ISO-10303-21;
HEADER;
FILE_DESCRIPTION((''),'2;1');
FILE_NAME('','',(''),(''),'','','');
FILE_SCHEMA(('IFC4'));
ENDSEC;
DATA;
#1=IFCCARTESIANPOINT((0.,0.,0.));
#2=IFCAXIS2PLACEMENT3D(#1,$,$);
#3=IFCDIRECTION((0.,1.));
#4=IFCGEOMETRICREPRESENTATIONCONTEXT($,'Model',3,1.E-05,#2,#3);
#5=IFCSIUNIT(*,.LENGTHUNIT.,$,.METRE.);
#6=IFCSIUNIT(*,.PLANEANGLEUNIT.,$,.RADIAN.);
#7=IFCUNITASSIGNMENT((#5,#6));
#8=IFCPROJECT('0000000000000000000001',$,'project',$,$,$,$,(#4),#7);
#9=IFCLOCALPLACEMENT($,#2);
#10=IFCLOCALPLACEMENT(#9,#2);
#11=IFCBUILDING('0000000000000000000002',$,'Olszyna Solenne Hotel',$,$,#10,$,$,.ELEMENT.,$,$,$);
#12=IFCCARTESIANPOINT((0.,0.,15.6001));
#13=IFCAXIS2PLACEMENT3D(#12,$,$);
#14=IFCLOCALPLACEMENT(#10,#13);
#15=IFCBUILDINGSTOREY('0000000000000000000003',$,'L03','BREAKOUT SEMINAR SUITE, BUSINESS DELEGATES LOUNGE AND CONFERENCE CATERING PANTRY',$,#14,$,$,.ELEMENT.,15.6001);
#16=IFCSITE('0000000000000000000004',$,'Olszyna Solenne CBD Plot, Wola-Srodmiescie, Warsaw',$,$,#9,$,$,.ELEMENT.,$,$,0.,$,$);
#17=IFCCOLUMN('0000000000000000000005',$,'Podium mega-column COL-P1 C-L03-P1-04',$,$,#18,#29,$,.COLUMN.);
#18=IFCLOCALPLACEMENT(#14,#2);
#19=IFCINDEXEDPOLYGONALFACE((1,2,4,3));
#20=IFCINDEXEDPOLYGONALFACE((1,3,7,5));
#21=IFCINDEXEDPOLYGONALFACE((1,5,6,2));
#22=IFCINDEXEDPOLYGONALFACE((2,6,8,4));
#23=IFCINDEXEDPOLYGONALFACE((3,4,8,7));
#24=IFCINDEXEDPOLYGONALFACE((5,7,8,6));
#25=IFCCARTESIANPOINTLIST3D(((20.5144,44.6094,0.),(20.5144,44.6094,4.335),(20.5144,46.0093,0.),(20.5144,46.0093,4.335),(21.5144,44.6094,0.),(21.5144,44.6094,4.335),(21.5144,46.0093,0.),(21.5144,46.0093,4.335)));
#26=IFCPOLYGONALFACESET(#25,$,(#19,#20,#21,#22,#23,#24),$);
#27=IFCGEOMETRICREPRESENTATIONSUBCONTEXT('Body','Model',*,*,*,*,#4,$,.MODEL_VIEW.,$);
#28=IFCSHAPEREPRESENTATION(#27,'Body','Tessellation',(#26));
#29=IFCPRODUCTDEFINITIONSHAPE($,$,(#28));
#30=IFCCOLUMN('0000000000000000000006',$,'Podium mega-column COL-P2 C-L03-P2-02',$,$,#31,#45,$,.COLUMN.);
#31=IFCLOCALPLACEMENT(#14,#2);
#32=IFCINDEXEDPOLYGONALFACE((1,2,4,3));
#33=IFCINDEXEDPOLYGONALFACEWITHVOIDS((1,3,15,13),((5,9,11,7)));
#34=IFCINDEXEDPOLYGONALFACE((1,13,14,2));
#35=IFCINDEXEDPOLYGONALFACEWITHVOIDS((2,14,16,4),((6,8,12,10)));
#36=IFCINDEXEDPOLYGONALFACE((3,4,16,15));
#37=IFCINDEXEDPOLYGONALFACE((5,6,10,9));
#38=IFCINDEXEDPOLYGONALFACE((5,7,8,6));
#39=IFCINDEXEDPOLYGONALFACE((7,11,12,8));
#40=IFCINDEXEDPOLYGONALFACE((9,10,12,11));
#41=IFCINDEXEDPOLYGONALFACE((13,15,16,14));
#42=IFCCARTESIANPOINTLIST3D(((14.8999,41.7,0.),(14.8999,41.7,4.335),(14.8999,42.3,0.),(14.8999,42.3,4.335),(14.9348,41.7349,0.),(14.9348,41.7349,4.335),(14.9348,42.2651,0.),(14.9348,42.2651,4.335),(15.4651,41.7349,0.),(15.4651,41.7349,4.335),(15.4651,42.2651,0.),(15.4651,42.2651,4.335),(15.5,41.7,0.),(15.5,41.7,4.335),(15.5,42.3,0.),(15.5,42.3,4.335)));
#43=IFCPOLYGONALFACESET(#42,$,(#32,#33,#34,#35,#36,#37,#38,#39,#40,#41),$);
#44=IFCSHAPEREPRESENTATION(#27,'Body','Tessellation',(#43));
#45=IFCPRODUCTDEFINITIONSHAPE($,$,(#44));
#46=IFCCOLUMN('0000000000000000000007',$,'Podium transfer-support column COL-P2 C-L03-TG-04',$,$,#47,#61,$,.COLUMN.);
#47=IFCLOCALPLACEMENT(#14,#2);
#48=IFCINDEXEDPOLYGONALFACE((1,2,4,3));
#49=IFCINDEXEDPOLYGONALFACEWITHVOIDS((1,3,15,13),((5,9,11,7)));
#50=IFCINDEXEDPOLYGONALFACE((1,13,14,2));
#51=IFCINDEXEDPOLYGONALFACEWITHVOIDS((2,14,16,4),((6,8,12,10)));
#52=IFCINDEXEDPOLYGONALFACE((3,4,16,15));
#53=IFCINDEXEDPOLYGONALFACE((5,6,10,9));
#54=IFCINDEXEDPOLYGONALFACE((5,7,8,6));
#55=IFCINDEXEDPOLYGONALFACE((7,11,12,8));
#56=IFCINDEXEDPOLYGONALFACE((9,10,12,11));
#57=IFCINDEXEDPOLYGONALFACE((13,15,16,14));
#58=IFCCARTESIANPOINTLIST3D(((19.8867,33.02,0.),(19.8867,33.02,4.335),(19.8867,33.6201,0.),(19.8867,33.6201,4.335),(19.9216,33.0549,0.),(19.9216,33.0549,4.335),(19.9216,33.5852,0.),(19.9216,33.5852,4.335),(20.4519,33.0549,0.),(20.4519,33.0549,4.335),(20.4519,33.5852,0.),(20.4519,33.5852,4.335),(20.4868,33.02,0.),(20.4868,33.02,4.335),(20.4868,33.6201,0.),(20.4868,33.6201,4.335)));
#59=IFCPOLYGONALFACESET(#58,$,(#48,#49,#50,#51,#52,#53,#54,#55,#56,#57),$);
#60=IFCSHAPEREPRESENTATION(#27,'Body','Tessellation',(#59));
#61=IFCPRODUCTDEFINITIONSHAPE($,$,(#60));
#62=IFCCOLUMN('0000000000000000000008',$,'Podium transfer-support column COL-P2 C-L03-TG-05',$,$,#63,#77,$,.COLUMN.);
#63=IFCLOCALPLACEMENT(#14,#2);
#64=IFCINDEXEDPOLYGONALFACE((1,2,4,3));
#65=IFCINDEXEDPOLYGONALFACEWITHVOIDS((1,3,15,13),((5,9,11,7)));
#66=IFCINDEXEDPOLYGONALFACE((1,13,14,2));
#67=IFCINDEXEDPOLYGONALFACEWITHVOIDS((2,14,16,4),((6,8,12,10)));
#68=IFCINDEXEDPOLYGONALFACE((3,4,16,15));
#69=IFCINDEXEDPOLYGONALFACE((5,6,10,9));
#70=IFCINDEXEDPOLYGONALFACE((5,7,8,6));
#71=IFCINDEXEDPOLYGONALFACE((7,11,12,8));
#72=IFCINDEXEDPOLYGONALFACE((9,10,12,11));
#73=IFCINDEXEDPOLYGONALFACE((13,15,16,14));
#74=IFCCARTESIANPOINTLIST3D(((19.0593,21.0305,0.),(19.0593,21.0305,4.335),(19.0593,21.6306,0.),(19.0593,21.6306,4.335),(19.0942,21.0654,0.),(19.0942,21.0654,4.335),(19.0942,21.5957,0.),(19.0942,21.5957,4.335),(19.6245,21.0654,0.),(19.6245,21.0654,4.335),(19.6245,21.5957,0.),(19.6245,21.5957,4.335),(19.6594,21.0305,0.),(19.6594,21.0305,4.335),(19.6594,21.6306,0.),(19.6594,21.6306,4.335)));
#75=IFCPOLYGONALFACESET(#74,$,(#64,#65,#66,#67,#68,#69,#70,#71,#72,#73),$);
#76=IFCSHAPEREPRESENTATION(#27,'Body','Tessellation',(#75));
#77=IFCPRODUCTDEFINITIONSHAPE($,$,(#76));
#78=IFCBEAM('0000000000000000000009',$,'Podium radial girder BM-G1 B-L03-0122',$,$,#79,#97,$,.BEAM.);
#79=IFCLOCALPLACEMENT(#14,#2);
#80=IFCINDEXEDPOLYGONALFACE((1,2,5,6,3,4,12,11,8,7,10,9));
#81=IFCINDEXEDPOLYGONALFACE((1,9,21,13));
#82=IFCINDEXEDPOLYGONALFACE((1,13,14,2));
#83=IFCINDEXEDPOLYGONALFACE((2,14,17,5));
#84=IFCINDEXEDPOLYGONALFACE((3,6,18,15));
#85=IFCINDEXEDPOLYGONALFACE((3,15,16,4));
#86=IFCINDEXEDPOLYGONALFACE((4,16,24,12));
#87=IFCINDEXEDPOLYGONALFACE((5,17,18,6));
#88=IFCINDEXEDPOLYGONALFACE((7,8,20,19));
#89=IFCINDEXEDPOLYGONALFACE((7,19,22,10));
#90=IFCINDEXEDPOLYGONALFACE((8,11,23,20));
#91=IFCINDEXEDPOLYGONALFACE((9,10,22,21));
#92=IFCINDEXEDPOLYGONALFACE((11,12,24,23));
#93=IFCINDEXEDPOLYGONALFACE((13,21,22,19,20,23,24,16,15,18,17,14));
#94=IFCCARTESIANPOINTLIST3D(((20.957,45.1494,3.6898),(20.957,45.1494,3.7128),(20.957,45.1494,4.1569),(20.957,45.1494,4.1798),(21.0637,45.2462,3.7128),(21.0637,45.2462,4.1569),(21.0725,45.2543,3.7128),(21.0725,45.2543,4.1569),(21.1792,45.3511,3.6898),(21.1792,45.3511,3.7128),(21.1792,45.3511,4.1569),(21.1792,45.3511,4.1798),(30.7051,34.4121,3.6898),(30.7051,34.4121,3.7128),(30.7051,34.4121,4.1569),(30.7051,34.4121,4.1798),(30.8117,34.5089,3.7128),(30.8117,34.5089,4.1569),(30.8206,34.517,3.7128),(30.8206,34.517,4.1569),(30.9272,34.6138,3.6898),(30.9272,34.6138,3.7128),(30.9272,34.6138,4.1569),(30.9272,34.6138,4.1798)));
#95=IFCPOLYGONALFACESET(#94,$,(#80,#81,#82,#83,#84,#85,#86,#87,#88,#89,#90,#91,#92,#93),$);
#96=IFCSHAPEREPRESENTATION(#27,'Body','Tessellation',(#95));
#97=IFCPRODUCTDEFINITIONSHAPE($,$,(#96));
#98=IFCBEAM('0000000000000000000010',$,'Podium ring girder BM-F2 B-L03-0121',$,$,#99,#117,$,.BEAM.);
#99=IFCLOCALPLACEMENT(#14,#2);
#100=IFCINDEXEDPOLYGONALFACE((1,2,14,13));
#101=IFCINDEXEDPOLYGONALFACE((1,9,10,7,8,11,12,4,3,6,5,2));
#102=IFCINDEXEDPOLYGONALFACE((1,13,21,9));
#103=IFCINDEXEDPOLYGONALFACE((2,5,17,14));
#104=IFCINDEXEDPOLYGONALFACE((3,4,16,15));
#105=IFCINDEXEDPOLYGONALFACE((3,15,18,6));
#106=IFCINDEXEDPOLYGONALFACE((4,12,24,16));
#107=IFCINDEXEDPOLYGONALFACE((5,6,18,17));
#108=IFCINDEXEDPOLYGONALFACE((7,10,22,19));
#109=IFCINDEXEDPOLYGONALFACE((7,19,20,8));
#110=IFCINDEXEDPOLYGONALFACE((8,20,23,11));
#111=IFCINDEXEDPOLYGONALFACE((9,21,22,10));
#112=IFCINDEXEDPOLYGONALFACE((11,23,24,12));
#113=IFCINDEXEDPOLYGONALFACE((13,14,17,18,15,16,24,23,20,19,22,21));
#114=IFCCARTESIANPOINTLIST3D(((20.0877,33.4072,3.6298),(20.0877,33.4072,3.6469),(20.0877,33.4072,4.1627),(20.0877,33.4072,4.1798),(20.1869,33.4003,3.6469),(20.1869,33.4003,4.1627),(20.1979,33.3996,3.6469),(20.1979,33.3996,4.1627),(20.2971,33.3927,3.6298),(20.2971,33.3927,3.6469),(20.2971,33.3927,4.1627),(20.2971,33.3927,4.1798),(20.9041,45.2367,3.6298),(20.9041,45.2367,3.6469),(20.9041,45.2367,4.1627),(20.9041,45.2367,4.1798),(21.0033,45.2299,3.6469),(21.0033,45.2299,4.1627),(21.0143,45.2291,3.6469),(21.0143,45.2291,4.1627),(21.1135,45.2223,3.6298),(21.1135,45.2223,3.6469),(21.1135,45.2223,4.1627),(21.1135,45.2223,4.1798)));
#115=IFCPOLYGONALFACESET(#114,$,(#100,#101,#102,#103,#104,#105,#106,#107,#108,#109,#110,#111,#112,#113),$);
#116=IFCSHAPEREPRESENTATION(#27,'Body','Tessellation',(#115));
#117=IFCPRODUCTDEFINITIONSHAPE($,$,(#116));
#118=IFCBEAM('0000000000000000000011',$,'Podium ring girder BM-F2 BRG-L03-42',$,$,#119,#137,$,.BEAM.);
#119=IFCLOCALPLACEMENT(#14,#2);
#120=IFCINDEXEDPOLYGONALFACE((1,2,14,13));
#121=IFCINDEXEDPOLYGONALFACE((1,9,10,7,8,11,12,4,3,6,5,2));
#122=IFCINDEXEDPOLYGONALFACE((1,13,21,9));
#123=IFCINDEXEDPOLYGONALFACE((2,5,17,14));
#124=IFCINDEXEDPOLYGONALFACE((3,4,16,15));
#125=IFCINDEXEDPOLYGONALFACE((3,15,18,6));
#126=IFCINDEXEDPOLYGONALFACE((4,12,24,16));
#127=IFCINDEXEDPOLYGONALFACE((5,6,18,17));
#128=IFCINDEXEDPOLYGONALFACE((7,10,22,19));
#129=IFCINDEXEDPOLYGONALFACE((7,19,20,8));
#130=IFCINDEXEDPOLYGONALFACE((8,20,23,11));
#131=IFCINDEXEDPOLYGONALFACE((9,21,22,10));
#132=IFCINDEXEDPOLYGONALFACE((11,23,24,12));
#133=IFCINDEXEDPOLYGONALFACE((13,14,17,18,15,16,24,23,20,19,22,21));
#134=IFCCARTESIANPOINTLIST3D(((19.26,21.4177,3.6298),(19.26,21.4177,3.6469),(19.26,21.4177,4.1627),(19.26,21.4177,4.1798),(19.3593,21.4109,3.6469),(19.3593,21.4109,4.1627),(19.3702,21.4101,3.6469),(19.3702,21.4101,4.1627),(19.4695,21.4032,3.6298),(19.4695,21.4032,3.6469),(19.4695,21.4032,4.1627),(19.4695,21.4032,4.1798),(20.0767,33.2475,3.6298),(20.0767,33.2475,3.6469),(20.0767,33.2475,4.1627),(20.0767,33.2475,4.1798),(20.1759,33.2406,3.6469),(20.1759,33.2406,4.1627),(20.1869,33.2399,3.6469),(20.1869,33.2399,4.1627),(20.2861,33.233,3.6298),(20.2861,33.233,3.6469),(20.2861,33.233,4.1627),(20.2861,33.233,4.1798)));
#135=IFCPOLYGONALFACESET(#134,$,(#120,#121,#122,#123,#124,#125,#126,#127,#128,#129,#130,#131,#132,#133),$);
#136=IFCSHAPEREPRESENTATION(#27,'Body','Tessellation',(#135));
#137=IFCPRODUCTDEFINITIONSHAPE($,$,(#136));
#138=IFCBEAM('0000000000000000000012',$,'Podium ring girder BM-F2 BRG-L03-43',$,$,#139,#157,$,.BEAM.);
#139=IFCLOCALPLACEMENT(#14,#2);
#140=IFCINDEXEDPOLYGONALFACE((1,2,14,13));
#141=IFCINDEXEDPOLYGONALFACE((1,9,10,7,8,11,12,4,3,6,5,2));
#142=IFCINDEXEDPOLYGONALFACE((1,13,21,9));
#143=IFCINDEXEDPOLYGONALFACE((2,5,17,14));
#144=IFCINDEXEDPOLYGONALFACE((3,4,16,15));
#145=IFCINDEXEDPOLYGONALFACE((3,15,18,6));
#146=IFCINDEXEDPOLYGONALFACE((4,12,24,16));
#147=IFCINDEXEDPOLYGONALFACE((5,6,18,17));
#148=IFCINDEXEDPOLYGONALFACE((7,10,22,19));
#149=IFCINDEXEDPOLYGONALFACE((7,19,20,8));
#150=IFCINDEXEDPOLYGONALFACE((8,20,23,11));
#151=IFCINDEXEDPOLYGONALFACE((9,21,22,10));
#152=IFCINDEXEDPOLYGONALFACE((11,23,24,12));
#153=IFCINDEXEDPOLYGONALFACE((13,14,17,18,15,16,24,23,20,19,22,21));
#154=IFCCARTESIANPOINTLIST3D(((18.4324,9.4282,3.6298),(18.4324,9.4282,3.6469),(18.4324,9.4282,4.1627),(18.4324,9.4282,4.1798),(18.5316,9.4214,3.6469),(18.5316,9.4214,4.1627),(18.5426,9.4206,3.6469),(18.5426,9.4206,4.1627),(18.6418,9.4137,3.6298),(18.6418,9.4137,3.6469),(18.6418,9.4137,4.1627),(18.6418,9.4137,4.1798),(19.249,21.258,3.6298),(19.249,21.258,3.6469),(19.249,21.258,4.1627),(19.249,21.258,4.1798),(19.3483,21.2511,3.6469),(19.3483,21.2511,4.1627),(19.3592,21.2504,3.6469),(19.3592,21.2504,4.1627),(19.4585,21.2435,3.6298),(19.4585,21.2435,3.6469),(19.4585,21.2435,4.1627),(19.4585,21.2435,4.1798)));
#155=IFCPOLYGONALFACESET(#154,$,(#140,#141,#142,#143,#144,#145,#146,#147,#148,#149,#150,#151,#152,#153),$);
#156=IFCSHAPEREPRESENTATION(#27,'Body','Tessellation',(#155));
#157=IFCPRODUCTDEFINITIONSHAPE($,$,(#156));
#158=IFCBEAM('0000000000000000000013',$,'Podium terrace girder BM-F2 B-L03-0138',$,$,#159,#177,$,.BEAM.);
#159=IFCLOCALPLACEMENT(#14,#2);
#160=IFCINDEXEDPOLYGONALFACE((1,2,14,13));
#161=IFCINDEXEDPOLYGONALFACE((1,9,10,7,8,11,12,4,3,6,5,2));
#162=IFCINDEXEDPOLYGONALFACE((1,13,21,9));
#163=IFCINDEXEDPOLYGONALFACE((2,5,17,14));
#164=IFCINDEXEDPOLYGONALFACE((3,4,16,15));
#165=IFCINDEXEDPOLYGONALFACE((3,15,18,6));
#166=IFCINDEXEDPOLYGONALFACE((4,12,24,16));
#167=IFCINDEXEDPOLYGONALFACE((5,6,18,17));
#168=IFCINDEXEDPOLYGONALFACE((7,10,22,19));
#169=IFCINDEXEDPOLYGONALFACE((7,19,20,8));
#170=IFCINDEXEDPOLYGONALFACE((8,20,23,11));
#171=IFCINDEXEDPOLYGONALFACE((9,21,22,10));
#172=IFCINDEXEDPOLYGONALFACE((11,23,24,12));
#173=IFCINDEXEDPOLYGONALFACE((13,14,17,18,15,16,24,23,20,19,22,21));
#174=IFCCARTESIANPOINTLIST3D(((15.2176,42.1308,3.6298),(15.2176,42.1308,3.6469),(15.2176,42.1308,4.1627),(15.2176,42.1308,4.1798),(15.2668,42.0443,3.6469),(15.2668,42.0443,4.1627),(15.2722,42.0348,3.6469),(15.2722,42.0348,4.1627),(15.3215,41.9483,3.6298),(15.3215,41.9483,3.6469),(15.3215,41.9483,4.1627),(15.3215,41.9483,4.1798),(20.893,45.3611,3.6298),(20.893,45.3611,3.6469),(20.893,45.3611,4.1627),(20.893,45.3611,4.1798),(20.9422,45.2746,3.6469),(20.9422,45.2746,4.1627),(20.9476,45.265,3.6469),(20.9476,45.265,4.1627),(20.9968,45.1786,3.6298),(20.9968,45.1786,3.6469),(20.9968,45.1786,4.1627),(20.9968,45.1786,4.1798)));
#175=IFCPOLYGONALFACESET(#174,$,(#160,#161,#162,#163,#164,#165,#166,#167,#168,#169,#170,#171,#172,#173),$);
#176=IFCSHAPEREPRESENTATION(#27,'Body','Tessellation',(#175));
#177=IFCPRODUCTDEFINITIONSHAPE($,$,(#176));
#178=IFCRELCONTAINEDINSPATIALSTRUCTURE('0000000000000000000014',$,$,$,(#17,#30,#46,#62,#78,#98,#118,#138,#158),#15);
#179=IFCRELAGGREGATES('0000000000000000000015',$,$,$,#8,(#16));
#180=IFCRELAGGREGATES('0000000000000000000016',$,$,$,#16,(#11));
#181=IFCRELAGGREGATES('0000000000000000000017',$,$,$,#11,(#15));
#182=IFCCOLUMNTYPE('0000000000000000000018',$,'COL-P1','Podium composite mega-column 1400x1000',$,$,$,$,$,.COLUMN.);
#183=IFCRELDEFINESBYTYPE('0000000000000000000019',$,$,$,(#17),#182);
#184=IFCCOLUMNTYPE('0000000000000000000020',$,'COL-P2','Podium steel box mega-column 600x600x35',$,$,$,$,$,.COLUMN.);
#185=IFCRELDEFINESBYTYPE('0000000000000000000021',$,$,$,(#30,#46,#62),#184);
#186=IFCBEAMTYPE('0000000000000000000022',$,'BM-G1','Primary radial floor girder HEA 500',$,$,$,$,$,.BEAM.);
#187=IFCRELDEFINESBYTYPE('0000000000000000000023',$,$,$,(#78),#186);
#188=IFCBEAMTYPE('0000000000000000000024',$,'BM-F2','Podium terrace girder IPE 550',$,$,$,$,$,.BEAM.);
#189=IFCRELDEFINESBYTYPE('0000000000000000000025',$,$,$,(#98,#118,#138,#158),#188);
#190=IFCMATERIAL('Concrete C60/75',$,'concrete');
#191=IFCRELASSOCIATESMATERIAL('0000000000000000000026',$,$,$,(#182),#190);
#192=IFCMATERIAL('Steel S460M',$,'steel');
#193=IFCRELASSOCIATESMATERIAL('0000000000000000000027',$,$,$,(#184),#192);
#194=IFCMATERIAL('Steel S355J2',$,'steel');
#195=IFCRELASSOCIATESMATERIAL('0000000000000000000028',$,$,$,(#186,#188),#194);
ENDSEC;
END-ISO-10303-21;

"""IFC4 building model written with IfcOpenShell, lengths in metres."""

from ifc_helpers import new_model, si_unit, direction, frame, origin, origin_2d, place, context, subcontext, project, spatial, rectangle, hollow_rectangle, i_section, extrude, source, transform, mapped, material, material_profile, profile_set, type_object, element, save


model = new_model("IFC4")

# Units and contexts
model_context = context("Model", 3, precision=1e-05, world=origin(), true_north=direction((0.0, 1.0)))
body_context = subcontext(model_context, "Body", "Model", "MODEL_VIEW")
ifc_project = project(units=[si_unit("LENGTHUNIT", "METRE"), si_unit("PLANEANGLEUNIT", "RADIAN")], contexts=[model_context])

# Site, building, storey
site_placement = place(None, origin())
site = spatial("IfcSite", under=ifc_project, at=site_placement, Name="Olszyna Solenne CBD Plot, Wola-Srodmiescie, Warsaw", CompositionType="ELEMENT", RefElevation=0.0)
building_placement = place(site_placement, origin())
building = spatial("IfcBuilding", under=site, at=building_placement, Name="Olszyna Solenne Hotel", CompositionType="ELEMENT")
storey_placement = place(building_placement, frame((0.0, 0.0, 15.6001)))
storey = spatial("IfcBuildingStorey", under=building, at=storey_placement, Name="L03", Description="BREAKOUT SEMINAR SUITE, BUSINESS DELEGATES LOUNGE AND CONFERENCE CATERING PANTRY", CompositionType="ELEMENT", Elevation=15.6001)

# Columns
ifc_material_1 = material(Name="Concrete C60/75", Category="concrete")
ifc_material_profile_1 = material_profile(ifc_material_1, rectangle(XDim=1.0, YDim=1.3999, at=origin_2d()), Name="RC 1400x1000", Category="load-bearing")
ifc_profile_set_1 = profile_set([ifc_material_profile_1], Name="Concrete C60/75")
column_type_1 = type_object("IfcColumnType", Name="COL-P1", Description="Podium composite mega-column 1400x1000", PredefinedType="COLUMN", material=ifc_profile_set_1)
shared_shape_1 = source(origin(), body_context, "Body", "SweptSolid", [
    extrude(rectangle(XDim=1.0, YDim=1.3999, at=origin_2d()), origin(), (0.0, 0.0, 1.0), 4.335),
])
column_placement = place(storey_placement, frame((21.0144, 45.3093, 0.0), z_axis=(0.0, 0.0, 1.0), x_axis=(1.0, 0.0, 0.0)))
element("IfcColumn", 1, at=column_placement, inside=storey, type_object=column_type_1, Name="Podium mega-column COL-P1 C-L03-P1-04", PredefinedType="COLUMN", context=body_context, shape_type="MappedRepresentation", body=[
    mapped(shared_shape_1, transform((0.0, 0.0, 0.0), x_axis=(1.0, 0.0, 0.0), y_axis=(0.0, 1.0, 0.0), z_axis=(0.0, 0.0, 1.0), scale=1.0)),
])
ifc_material_2 = material(Name="Steel S460M", Category="steel")
ifc_material_profile_2 = material_profile(ifc_material_2, hollow_rectangle(XDim=0.6001, YDim=0.6001, WallThickness=0.0349, at=origin_2d()), Name="SHS 600x600x35", Category="load-bearing")
ifc_profile_set_2 = profile_set([ifc_material_profile_2], Name="Steel S460M")
column_type_2 = type_object("IfcColumnType", Name="COL-P2", Description="Podium steel box mega-column 600x600x35", PredefinedType="COLUMN", material=ifc_profile_set_2)
shared_shape_2 = source(origin(), body_context, "Body", "SweptSolid", [
    extrude(hollow_rectangle(XDim=0.6001, YDim=0.6001, WallThickness=0.0349, at=origin_2d()), origin(), (0.0, 0.0, 1.0), 4.335),
])
for number, where, z_axis, x_axis, name in (
    (2, (15.2, 42.0, 0.0), (0.0, 0.0, 1.0), (1.0, 0.0, 0.0), "Podium mega-column COL-P2 C-L03-P2-02"),
    (3, (20.1868, 33.3201, 0.0), (0.0, 0.0, 1.0), (1.0, 0.0, 0.0), "Podium transfer-support column COL-P2 C-L03-TG-04"),
    (4, (19.3594, 21.3306, 0.0), (0.0, 0.0, 1.0), (1.0, 0.0, 0.0), "Podium transfer-support column COL-P2 C-L03-TG-05"),
):
    element("IfcColumn", number, at=place(storey_placement, frame(where, z_axis=z_axis, x_axis=x_axis)), inside=storey, type_object=column_type_2, Name=name, PredefinedType="COLUMN", context=body_context, shape_type="MappedRepresentation", body=[
        mapped(shared_shape_2, transform((0.0, 0.0, 0.0), x_axis=(1.0, 0.0, 0.0), y_axis=(0.0, 1.0, 0.0), z_axis=(0.0, 0.0, 1.0), scale=1.0)),
    ])

# Beams
ifc_material_3 = material(Name="Steel S355J2", Category="steel")
ifc_material_profile_3 = material_profile(ifc_material_3, i_section(OverallWidth=0.3, OverallDepth=0.49, WebThickness=0.012, FlangeThickness=0.0229, at=origin_2d()), Name="HEA 500", Category="load-bearing")
ifc_profile_set_3 = profile_set([ifc_material_profile_3], Name="Steel S355J2")
beam_type_1 = type_object("IfcBeamType", Name="BM-G1", Description="Primary radial floor girder HEA 500", PredefinedType="BEAM", material=ifc_profile_set_3)
shared_shape_3 = source(origin(), body_context, "Body", "SweptSolid", [
    extrude(i_section(OverallWidth=0.3, OverallDepth=0.49, WebThickness=0.012, FlangeThickness=0.0229, at=origin_2d()), origin(), (0.0, 0.0, 1.0), 14.5022),
])
beam_1_placement = place(storey_placement, frame((21.0681, 45.2502, 3.9348), z_axis=(0.672177, -0.740391, 0.0), x_axis=(0.740391, 0.672177, 0.0)))
element("IfcBeam", 5, at=beam_1_placement, inside=storey, type_object=beam_type_1, Name="Podium radial girder BM-G1 B-L03-0122", PredefinedType="BEAM", context=body_context, shape_type="MappedRepresentation", body=[
    mapped(shared_shape_3, transform((0.0, 0.0, 0.0), x_axis=(1.0, 0.0, 0.0), y_axis=(0.0, 1.0, 0.0), z_axis=(0.0, 0.0, 1.0), scale=1.0)),
])
ifc_material_profile_4 = material_profile(ifc_material_3, i_section(OverallWidth=0.21, OverallDepth=0.55, WebThickness=0.011, FlangeThickness=0.0171, at=origin_2d()), Name="IPE 550", Category="load-bearing")
ifc_profile_set_4 = profile_set([ifc_material_profile_4], Name="Steel S355J2")
beam_type_2 = type_object("IfcBeamType", Name="BM-F2", Description="Podium terrace girder IPE 550", PredefinedType="BEAM", material=ifc_profile_set_4)
shared_shape_4 = source(origin(), body_context, "Body", "SweptSolid", [
    extrude(i_section(OverallWidth=0.21, OverallDepth=0.55, WebThickness=0.011, FlangeThickness=0.0171, at=origin_2d()), origin(), (0.0, 0.0, 1.0), 11.8577),
])
beam_2_placement = place(storey_placement, frame((21.0088, 45.2295, 3.9048), z_axis=(-0.06885, -0.997627, 0.0), x_axis=(0.997627, -0.06885, 0.0)))
element("IfcBeam", 6, at=beam_2_placement, inside=storey, type_object=beam_type_2, Name="Podium ring girder BM-F2 B-L03-0121", PredefinedType="BEAM", context=body_context, shape_type="MappedRepresentation", body=[
    mapped(shared_shape_4, transform((0.0, 0.0, 0.0), x_axis=(1.0, 0.0, 0.0), y_axis=(0.0, 1.0, 0.0), z_axis=(0.0, 0.0, 1.0), scale=1.0)),
])
shared_shape_5 = source(origin(), body_context, "Body", "SweptSolid", [
    extrude(i_section(OverallWidth=0.21, OverallDepth=0.55, WebThickness=0.011, FlangeThickness=0.0171, at=origin_2d()), origin(), (0.0, 0.0, 1.0), 11.8579),
])
for number, where, z_axis, x_axis, name in (
    (7, (20.1814, 33.2402, 3.9048), (-0.068869, -0.997626, 0.0), (0.997626, -0.068869, 0.0), "Podium ring girder BM-F2 BRG-L03-42"),
    (8, (19.3538, 21.2507, 3.9048), (-0.068869, -0.997626, 0.0), (0.997626, -0.068869, 0.0), "Podium ring girder BM-F2 BRG-L03-43"),
):
    element("IfcBeam", number, at=place(storey_placement, frame(where, z_axis=z_axis, x_axis=x_axis)), inside=storey, type_object=beam_type_2, Name=name, PredefinedType="BEAM", context=body_context, shape_type="MappedRepresentation", body=[
        mapped(shared_shape_5, transform((0.0, 0.0, 0.0), x_axis=(1.0, 0.0, 0.0), y_axis=(0.0, 1.0, 0.0), z_axis=(0.0, 0.0, 1.0), scale=1.0)),
    ])
shared_shape_6 = source(origin(), body_context, "Body", "SweptSolid", [
    extrude(i_section(OverallWidth=0.21, OverallDepth=0.55, WebThickness=0.011, FlangeThickness=0.0171, at=origin_2d()), origin(), (0.0, 0.0, 1.0), 6.5303),
])
beam_3_placement = place(storey_placement, frame((15.2695, 42.0396, 3.9048), z_axis=(0.869086, 0.494661, 0.0), x_axis=(-0.494661, 0.869086, 0.0)))
element("IfcBeam", 9, at=beam_3_placement, inside=storey, type_object=beam_type_2, Name="Podium terrace girder BM-F2 B-L03-0138", PredefinedType="BEAM", context=body_context, shape_type="MappedRepresentation", body=[
    mapped(shared_shape_6, transform((0.0, 0.0, 0.0), x_axis=(1.0, 0.0, 0.0), y_axis=(0.0, 1.0, 0.0), z_axis=(0.0, 0.0, 1.0), scale=1.0)),
])

save(model, "model.ifc")
